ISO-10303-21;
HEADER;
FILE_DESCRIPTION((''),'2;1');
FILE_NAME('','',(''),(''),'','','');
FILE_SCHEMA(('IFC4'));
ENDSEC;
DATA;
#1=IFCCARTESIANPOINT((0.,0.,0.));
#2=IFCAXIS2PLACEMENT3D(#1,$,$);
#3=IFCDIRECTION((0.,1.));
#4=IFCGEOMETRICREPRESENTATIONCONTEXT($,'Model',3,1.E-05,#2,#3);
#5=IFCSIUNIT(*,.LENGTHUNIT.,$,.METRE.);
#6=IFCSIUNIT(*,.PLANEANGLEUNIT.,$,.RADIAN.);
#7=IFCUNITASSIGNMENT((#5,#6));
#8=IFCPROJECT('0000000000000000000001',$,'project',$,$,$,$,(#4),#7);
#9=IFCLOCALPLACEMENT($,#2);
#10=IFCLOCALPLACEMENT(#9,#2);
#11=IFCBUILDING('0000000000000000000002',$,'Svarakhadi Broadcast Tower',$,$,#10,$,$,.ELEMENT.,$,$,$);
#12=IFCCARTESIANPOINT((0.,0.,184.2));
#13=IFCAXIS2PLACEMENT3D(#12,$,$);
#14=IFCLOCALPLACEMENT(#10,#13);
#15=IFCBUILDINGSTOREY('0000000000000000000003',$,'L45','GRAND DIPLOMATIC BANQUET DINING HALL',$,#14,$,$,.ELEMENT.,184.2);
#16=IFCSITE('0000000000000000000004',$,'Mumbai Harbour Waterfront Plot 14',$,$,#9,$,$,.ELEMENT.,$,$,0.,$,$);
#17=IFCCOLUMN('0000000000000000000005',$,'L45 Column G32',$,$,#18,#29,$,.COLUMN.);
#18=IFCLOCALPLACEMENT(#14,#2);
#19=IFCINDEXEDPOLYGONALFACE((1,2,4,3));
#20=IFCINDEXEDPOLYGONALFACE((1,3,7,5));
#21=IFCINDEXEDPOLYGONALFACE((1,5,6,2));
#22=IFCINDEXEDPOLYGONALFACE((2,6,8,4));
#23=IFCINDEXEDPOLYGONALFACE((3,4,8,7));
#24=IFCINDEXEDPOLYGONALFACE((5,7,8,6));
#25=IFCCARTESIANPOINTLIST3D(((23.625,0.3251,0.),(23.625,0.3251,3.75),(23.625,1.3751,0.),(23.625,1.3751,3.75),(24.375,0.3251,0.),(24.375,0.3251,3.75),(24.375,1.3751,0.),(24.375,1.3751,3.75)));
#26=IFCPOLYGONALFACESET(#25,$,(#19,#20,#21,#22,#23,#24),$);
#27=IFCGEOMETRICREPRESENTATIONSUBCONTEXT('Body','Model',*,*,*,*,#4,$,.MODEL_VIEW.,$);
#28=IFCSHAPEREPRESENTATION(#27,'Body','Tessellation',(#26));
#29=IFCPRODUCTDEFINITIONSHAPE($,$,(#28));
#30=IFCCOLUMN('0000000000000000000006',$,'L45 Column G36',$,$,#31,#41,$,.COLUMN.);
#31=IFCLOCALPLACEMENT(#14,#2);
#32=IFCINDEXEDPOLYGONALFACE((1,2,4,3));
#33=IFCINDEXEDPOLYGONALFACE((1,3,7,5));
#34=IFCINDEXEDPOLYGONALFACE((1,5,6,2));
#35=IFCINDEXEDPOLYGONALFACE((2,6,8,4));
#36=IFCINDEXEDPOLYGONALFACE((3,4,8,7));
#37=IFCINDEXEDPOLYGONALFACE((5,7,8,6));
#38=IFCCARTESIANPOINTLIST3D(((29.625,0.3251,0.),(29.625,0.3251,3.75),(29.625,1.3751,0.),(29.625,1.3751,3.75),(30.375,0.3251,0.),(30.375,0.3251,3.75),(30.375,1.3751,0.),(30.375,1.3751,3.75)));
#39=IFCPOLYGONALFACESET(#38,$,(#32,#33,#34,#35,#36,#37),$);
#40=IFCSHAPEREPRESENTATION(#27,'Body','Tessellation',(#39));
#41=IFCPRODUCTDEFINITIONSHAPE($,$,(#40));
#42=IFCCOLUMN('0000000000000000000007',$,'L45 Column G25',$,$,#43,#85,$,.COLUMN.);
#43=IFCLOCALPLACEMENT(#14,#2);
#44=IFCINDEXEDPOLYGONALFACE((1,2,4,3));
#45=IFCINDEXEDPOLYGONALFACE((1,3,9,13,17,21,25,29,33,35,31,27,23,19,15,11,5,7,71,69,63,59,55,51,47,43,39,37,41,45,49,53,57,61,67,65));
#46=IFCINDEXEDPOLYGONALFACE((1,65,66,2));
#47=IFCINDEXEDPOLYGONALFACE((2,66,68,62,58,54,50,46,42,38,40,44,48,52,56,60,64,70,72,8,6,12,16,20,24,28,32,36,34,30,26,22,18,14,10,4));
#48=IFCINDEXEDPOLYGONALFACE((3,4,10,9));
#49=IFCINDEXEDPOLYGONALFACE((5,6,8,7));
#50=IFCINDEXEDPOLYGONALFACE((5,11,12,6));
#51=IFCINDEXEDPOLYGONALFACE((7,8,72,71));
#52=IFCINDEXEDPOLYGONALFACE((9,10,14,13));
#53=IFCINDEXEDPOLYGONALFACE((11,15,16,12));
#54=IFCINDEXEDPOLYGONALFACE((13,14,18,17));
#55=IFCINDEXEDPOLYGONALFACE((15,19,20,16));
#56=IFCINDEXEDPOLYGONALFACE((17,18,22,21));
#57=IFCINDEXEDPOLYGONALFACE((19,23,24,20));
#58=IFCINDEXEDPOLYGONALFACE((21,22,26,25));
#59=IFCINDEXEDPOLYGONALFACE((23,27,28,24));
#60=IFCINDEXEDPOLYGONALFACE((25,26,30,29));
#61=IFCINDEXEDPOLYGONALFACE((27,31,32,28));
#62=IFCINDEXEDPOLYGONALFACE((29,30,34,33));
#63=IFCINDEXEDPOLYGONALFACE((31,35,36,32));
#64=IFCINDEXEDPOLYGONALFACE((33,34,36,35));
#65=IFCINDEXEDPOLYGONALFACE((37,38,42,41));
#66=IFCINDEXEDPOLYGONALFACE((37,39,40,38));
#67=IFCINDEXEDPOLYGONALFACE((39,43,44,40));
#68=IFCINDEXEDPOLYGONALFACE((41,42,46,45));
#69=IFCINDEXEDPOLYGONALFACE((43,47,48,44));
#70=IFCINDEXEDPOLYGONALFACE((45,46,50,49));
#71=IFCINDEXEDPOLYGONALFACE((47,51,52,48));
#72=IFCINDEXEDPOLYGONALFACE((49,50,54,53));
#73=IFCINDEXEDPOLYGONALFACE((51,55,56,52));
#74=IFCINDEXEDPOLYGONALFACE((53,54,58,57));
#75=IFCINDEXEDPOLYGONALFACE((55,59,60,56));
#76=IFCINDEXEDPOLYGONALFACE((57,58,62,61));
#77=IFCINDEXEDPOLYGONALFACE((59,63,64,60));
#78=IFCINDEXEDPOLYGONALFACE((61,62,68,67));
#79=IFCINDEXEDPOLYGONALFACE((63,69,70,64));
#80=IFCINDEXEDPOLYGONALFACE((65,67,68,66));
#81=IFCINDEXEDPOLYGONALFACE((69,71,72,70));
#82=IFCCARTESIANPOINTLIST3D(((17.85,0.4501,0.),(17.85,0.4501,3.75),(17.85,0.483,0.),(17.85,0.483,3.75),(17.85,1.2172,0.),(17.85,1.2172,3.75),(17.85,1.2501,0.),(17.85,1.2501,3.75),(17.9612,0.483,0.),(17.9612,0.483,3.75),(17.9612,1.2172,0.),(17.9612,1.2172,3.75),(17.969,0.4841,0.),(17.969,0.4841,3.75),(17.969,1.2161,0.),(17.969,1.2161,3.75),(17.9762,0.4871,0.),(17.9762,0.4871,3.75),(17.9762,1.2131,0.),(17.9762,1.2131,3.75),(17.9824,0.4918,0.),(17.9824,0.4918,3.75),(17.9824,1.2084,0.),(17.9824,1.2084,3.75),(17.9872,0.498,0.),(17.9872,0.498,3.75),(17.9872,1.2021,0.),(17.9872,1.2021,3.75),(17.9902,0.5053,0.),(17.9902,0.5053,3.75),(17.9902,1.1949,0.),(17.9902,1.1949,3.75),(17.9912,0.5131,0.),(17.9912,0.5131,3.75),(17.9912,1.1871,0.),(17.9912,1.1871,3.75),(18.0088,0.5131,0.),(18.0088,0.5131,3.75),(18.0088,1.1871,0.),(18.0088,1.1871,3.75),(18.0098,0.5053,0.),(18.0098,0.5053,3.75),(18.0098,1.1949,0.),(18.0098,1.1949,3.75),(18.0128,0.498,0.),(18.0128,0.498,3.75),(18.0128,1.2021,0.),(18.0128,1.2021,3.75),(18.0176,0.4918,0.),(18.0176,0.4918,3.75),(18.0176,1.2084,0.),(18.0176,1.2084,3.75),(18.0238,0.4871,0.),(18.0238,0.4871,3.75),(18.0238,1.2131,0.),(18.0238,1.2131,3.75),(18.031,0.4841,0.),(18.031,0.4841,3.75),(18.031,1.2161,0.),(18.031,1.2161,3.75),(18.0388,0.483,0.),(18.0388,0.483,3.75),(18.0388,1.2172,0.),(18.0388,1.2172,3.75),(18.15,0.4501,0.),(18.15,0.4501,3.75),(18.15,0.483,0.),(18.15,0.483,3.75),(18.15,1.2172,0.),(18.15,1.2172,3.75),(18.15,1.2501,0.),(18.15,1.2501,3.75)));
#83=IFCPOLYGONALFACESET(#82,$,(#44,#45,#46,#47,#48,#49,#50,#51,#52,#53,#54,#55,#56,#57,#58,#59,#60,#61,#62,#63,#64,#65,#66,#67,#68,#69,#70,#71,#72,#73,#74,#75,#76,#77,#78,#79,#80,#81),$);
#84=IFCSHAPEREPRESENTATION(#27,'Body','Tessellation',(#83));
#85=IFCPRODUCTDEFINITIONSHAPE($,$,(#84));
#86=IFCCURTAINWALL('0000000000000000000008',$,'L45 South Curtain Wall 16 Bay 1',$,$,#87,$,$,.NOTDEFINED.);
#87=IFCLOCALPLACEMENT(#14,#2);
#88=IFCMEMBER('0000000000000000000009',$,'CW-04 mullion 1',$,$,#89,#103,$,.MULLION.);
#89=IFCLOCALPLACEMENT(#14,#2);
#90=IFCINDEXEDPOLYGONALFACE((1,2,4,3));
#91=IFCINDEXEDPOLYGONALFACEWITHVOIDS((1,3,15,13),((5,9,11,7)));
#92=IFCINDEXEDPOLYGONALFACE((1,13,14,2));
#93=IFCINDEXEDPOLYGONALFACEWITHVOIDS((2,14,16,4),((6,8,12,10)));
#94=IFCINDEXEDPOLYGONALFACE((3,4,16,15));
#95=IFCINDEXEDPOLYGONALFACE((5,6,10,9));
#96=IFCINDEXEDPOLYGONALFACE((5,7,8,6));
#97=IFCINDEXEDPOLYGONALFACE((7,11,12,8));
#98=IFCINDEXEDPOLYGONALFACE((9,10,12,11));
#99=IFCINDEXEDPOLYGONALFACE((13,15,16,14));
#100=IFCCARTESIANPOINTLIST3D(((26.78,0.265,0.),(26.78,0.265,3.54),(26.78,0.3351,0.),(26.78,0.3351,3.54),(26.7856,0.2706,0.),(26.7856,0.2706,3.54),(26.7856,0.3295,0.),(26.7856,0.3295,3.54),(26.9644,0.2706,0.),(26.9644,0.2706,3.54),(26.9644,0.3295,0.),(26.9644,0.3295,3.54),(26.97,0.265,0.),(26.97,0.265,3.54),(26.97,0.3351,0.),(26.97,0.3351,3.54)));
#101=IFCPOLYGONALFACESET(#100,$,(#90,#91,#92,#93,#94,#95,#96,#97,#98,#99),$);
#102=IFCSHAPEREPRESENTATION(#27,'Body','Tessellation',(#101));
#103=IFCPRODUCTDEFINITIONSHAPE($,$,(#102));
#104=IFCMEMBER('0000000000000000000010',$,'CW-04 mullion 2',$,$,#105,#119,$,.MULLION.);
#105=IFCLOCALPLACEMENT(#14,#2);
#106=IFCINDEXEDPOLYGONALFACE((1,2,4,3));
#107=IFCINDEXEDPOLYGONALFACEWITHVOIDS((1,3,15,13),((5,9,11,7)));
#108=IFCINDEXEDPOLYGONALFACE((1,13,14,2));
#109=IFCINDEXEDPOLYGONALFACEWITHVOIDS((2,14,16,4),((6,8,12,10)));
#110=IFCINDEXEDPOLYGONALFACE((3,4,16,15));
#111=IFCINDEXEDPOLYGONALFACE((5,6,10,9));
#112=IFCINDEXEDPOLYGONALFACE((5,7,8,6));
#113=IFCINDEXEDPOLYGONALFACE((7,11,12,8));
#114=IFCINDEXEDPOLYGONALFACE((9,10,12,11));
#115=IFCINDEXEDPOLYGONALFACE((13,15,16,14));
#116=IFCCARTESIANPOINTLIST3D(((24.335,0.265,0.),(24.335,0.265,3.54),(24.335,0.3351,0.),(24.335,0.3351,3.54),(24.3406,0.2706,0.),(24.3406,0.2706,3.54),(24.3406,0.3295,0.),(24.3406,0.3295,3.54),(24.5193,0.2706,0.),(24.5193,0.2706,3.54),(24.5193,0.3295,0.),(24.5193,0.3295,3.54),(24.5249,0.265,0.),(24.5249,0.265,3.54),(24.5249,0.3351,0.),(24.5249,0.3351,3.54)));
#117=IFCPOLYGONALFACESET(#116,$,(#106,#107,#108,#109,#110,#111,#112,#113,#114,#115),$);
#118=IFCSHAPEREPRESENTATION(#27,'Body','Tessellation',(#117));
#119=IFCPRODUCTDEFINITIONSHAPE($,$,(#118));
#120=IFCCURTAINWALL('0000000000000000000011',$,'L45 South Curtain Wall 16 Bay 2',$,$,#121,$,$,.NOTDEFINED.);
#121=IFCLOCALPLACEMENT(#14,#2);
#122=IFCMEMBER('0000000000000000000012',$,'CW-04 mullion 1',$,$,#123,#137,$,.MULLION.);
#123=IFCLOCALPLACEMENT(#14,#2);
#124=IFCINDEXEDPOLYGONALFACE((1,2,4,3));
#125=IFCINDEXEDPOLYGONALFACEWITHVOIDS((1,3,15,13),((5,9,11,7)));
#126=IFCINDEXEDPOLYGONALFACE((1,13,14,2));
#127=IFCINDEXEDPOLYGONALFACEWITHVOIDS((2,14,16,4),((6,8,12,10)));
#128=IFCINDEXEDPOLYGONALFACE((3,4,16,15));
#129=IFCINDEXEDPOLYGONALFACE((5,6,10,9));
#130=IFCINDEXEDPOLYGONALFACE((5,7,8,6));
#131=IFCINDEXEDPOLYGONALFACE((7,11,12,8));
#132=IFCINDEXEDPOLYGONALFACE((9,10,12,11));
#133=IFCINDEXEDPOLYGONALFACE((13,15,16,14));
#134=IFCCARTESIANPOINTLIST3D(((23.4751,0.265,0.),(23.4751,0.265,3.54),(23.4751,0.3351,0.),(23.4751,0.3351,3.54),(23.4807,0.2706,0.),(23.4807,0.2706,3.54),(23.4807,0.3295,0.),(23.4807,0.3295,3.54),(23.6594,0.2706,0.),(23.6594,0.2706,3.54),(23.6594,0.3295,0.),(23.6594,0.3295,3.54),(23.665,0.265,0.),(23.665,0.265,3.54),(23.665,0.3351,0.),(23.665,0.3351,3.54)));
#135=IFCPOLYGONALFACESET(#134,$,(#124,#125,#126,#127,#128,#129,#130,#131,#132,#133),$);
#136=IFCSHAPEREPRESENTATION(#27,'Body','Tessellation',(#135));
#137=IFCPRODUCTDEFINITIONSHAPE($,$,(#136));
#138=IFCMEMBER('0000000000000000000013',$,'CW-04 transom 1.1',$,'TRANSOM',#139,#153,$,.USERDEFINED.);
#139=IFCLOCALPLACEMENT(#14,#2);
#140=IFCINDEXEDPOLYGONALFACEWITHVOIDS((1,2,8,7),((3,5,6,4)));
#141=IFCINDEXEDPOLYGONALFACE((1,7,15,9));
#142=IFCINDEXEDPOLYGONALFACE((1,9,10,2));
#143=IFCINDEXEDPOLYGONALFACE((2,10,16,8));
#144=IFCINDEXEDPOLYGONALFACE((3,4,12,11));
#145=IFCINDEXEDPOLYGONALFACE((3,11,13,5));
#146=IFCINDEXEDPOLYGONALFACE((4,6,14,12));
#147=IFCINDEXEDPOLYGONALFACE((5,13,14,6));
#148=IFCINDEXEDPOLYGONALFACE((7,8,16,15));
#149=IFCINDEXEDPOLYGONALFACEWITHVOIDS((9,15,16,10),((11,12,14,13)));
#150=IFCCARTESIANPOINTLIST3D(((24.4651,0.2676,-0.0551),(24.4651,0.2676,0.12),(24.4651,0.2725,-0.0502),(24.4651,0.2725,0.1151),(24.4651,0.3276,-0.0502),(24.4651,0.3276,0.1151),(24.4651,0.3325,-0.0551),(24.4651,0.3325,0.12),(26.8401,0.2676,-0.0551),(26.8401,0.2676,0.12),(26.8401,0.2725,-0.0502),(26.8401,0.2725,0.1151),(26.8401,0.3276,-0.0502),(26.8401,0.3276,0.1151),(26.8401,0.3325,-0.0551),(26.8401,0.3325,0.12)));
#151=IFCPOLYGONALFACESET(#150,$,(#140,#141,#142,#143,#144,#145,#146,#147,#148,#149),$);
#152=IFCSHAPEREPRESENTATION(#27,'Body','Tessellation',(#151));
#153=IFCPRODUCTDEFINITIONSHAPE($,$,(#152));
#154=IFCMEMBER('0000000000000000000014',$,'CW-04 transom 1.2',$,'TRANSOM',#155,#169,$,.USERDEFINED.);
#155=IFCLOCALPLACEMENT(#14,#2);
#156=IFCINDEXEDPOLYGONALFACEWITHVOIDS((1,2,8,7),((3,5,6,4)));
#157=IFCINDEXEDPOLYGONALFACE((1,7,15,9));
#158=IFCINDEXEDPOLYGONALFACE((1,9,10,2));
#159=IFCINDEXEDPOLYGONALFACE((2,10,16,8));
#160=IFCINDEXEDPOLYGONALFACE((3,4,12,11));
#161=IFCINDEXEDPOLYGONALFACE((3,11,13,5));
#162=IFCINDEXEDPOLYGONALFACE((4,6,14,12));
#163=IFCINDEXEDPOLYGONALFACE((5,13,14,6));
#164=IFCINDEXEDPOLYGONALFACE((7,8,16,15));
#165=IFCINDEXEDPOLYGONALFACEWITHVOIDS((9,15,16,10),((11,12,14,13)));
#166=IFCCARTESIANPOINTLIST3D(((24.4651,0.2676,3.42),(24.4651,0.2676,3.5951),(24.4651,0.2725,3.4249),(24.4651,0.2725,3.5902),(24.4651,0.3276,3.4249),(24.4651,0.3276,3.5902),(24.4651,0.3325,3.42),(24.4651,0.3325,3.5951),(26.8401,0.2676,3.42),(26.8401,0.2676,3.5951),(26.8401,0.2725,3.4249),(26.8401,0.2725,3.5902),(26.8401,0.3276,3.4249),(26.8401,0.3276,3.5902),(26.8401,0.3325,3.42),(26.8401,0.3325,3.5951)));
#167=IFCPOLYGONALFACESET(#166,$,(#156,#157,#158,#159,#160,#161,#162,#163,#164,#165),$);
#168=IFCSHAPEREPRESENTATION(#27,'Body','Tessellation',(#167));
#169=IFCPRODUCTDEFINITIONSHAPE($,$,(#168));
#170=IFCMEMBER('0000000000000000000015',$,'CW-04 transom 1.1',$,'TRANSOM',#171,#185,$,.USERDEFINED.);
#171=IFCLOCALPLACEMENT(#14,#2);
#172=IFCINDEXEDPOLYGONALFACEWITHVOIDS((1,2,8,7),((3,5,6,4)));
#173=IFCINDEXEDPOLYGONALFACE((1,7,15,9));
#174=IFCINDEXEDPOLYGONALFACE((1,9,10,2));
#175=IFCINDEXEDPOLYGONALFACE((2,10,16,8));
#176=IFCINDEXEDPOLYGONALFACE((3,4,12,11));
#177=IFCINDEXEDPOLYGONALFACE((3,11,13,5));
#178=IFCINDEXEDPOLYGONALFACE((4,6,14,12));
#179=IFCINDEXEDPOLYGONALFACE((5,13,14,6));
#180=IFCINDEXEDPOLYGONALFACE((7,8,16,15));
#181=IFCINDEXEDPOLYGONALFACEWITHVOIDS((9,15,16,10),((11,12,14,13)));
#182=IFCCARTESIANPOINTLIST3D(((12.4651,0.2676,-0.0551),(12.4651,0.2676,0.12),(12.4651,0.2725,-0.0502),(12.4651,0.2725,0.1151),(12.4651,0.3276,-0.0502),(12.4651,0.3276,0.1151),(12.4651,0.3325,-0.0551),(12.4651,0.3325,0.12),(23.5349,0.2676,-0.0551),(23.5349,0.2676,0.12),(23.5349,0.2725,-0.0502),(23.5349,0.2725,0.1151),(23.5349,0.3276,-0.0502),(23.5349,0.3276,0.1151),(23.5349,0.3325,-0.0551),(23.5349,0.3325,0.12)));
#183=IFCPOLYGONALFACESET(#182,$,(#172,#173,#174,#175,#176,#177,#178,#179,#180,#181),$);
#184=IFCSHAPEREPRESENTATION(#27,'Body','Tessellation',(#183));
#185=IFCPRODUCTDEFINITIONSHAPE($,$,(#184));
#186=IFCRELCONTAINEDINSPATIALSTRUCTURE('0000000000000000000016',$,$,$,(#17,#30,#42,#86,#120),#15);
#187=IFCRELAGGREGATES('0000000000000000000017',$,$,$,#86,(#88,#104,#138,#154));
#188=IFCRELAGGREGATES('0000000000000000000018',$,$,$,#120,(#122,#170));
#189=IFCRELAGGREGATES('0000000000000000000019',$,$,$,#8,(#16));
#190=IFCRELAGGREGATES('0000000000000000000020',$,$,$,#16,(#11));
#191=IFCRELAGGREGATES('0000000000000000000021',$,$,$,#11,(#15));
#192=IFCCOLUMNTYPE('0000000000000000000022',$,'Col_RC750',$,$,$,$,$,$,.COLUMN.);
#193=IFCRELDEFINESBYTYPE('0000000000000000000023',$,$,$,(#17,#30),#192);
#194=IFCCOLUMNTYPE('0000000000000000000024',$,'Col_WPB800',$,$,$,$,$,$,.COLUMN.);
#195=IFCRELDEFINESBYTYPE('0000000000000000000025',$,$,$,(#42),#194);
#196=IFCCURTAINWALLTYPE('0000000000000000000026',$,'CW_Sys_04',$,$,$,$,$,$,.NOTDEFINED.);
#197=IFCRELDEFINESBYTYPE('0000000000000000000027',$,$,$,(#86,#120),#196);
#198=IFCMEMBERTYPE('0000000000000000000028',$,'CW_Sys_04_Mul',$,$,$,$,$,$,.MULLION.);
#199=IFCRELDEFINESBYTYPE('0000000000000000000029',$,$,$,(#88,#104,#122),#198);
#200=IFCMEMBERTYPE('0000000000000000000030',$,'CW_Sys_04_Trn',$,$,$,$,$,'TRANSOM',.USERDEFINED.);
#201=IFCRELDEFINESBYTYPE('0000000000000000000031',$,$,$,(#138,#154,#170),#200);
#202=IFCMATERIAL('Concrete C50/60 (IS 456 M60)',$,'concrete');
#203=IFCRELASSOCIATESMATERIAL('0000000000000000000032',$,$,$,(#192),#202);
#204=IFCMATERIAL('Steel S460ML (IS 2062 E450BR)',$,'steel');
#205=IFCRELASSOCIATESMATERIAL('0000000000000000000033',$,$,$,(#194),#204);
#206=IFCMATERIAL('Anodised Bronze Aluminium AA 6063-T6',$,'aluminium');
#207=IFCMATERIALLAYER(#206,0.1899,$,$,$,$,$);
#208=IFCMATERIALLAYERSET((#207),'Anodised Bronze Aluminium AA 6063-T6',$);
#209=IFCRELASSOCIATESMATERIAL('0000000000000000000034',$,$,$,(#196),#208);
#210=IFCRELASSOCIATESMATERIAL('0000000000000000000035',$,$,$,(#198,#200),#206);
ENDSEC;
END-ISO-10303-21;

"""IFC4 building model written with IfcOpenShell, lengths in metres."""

from ifc_helpers import new_model, si_unit, direction, frame, origin, origin_2d, place, context, subcontext, project, spatial, rectangle, hollow_rectangle, i_section, extrude, material, layer, layer_set, material_profile, profile_set, type_object, element, aggregate, save


model = new_model("IFC4")

# Units and contexts
model_context = context("Model", 3, precision=1e-05, world=origin(), true_north=direction((0.0, 1.0)))
body_context = subcontext(model_context, "Body", "Model", "MODEL_VIEW")
ifc_project = project(units=[si_unit("LENGTHUNIT", "METRE"), si_unit("PLANEANGLEUNIT", "RADIAN")], contexts=[model_context])

# Site, building, storey
site_placement = place(None, origin())
site = spatial("IfcSite", under=ifc_project, at=site_placement, Name="Mumbai Harbour Waterfront Plot 14", CompositionType="ELEMENT", RefElevation=0.0)
building_placement = place(site_placement, origin())
building = spatial("IfcBuilding", under=site, at=building_placement, Name="Svarakhadi Broadcast Tower", CompositionType="ELEMENT")
storey_placement = place(building_placement, frame((0.0, 0.0, 184.2)))
storey = spatial("IfcBuildingStorey", under=building, at=storey_placement, Name="L45", Description="GRAND DIPLOMATIC BANQUET DINING HALL", CompositionType="ELEMENT", Elevation=184.2)

# Columns
ifc_material_1 = material(Name="Concrete C50/60 (IS 456 M60)", Category="concrete")
ifc_material_profile_1 = material_profile(ifc_material_1, rectangle(XDim=0.75, YDim=1.05, at=origin_2d()), Name="RC 750x1050")
ifc_profile_set_1 = profile_set([ifc_material_profile_1], Name="Concrete C50/60 (IS 456 M60)")
column_type_1 = type_object("IfcColumnType", Name="Col_RC750", PredefinedType="COLUMN", material=ifc_profile_set_1)
for number, where, z_axis, x_axis, name in (
    (1, (24.0, 0.8501, 0.0), (0.0, 0.0, 1.0), (1.0, 0.0, 0.0), "L45 Column G32"),
    (2, (30.0, 0.8501, 0.0), (0.0, 0.0, 1.0), (1.0, 0.0, 0.0), "L45 Column G36"),
):
    element("IfcColumn", number, at=place(storey_placement, frame(where, z_axis=z_axis, x_axis=x_axis)), inside=storey, type_object=column_type_1, Name=name, PredefinedType="COLUMN", context=body_context, shape_type="SweptSolid", body=[
        extrude(rectangle(XDim=0.75, YDim=1.05, at=origin_2d()), origin(), (0.0, 0.0, 1.0), 3.75),
    ])
ifc_material_2 = material(Name="Steel S460ML (IS 2062 E450BR)", Category="steel")
ifc_material_profile_2 = material_profile(ifc_material_2, i_section(OverallWidth=0.3, OverallDepth=0.8, WebThickness=0.0176, FlangeThickness=0.033, FilletRadius=0.03, at=origin_2d()), Name="WPB 800x300x262")
ifc_profile_set_2 = profile_set([ifc_material_profile_2], Name="Steel S460ML (IS 2062 E450BR)")
column_type_2 = type_object("IfcColumnType", Name="Col_WPB800", PredefinedType="COLUMN", material=ifc_profile_set_2)
column_placement = place(storey_placement, frame((18.0, 0.8501, 0.0), z_axis=(0.0, 0.0, 1.0), x_axis=(1.0, 0.0, 0.0)))
element("IfcColumn", 3, at=column_placement, inside=storey, type_object=column_type_2, Name="L45 Column G25", PredefinedType="COLUMN", context=body_context, shape_type="SweptSolid", body=[
    extrude(i_section(OverallWidth=0.3, OverallDepth=0.8, WebThickness=0.0176, FlangeThickness=0.033, FilletRadius=0.03, at=origin_2d()), origin(), (0.0, 0.0, 1.0), 3.75),
])

# Curtain wall, members
ifc_material_3 = material(Name="Anodised Bronze Aluminium AA 6063-T6", Category="aluminium")
ifc_layer_1 = layer(ifc_material_3, 0.1899)
ifc_layer_set_1 = layer_set([ifc_layer_1], Name="Anodised Bronze Aluminium AA 6063-T6")
curtain_wall_type = type_object("IfcCurtainWallType", Name="CW_Sys_04", PredefinedType="NOTDEFINED", material=ifc_layer_set_1)
curtain_wall_1_placement = place(storey_placement, origin())
curtain_wall_1 = element("IfcCurtainWall", 4, at=curtain_wall_1_placement, inside=storey, type_object=curtain_wall_type, Name="L45 South Curtain Wall 16 Bay 1", PredefinedType="NOTDEFINED")
ifc_material_profile_3 = material_profile(ifc_material_3, hollow_rectangle(XDim=0.0701, YDim=0.1899, WallThickness=0.0056, at=origin_2d()), Name="ALU MULLION 190x70x6")
ifc_profile_set_3 = profile_set([ifc_material_profile_3], Name="Anodised Bronze Aluminium AA 6063-T6")
member_type_1 = type_object("IfcMemberType", Name="CW_Sys_04_Mul", PredefinedType="MULLION", material=ifc_profile_set_3)
member_1_placement = place(storey_placement, frame((26.875, 0.3, 0.0), z_axis=(0.0, 0.0, 1.0), x_axis=(0.0, -1.0, 0.0)))
member_1 = element("IfcMember", 5, at=member_1_placement, type_object=member_type_1, Name="CW-04 mullion 1", PredefinedType="MULLION", context=body_context, shape_type="SweptSolid", body=[
    extrude(hollow_rectangle(XDim=0.0701, YDim=0.1899, WallThickness=0.0056, at=origin_2d()), origin(), (0.0, 0.0, 1.0), 3.54),
])
member_2_placement = place(storey_placement, frame((24.4299, 0.3, 0.0), z_axis=(0.0, 0.0, 1.0), x_axis=(0.0, -1.0, 0.0)))
member_2 = element("IfcMember", 6, at=member_2_placement, type_object=member_type_1, Name="CW-04 mullion 2", PredefinedType="MULLION", context=body_context, shape_type="SweptSolid", body=[
    extrude(hollow_rectangle(XDim=0.0701, YDim=0.1899, WallThickness=0.0056, at=origin_2d()), origin(), (0.0, 0.0, 1.0), 3.54),
])

# Curtain wall, member
curtain_wall_2_placement = place(storey_placement, origin())
curtain_wall_2 = element("IfcCurtainWall", 7, at=curtain_wall_2_placement, inside=storey, type_object=curtain_wall_type, Name="L45 South Curtain Wall 16 Bay 2", PredefinedType="NOTDEFINED")
member_3_placement = place(storey_placement, frame((23.5701, 0.3, 0.0), z_axis=(0.0, 0.0, 1.0), x_axis=(0.0, -1.0, 0.0)))
member_3 = element("IfcMember", 8, at=member_3_placement, type_object=member_type_1, Name="CW-04 mullion 1", PredefinedType="MULLION", context=body_context, shape_type="SweptSolid", body=[
    extrude(hollow_rectangle(XDim=0.0701, YDim=0.1899, WallThickness=0.0056, at=origin_2d()), origin(), (0.0, 0.0, 1.0), 3.54),
])

# Members
ifc_material_profile_4 = material_profile(ifc_material_3, hollow_rectangle(XDim=0.0649, YDim=0.175, WallThickness=0.0049, at=origin_2d()), Name="ALU TRANSOM 175x65x5")
ifc_profile_set_4 = profile_set([ifc_material_profile_4], Name="Anodised Bronze Aluminium AA 6063-T6")
member_type_2 = type_object("IfcMemberType", Name="CW_Sys_04_Trn", ElementType="TRANSOM", PredefinedType="USERDEFINED", material=ifc_profile_set_4)
member_4_placement = place(storey_placement, frame((26.8401, 0.3, 0.0325), z_axis=(-1.0, 0.0, 0.0), x_axis=(0.0, -1.0, 0.0)))
member_4 = element("IfcMember", 9, at=member_4_placement, type_object=member_type_2, Name="CW-04 transom 1.1", ObjectType="TRANSOM", PredefinedType="USERDEFINED", context=body_context, shape_type="SweptSolid", body=[
    extrude(hollow_rectangle(XDim=0.0649, YDim=0.175, WallThickness=0.0049, at=origin_2d()), origin(), (0.0, 0.0, 1.0), 2.375),
])
member_5_placement = place(storey_placement, frame((26.8401, 0.3, 3.5076), z_axis=(-1.0, 0.0, 0.0), x_axis=(0.0, -1.0, 0.0)))
member_5 = element("IfcMember", 10, at=member_5_placement, type_object=member_type_2, Name="CW-04 transom 1.2", ObjectType="TRANSOM", PredefinedType="USERDEFINED", context=body_context, shape_type="SweptSolid", body=[
    extrude(hollow_rectangle(XDim=0.0649, YDim=0.175, WallThickness=0.0049, at=origin_2d()), origin(), (0.0, 0.0, 1.0), 2.375),
])
member_6_placement = place(storey_placement, frame((23.5349, 0.3, 0.0325), z_axis=(-1.0, 0.0, 0.0), x_axis=(0.0, -1.0, 0.0)))
member_6 = element("IfcMember", 11, at=member_6_placement, type_object=member_type_2, Name="CW-04 transom 1.1", ObjectType="TRANSOM", PredefinedType="USERDEFINED", context=body_context, shape_type="SweptSolid", body=[
    extrude(hollow_rectangle(XDim=0.0649, YDim=0.175, WallThickness=0.0049, at=origin_2d()), origin(), (0.0, 0.0, 1.0), 11.0698),
])

aggregate(curtain_wall_1, [member_1, member_2, member_4, member_5])
aggregate(curtain_wall_2, [member_3, member_6])

save(model, "model.ifc")
